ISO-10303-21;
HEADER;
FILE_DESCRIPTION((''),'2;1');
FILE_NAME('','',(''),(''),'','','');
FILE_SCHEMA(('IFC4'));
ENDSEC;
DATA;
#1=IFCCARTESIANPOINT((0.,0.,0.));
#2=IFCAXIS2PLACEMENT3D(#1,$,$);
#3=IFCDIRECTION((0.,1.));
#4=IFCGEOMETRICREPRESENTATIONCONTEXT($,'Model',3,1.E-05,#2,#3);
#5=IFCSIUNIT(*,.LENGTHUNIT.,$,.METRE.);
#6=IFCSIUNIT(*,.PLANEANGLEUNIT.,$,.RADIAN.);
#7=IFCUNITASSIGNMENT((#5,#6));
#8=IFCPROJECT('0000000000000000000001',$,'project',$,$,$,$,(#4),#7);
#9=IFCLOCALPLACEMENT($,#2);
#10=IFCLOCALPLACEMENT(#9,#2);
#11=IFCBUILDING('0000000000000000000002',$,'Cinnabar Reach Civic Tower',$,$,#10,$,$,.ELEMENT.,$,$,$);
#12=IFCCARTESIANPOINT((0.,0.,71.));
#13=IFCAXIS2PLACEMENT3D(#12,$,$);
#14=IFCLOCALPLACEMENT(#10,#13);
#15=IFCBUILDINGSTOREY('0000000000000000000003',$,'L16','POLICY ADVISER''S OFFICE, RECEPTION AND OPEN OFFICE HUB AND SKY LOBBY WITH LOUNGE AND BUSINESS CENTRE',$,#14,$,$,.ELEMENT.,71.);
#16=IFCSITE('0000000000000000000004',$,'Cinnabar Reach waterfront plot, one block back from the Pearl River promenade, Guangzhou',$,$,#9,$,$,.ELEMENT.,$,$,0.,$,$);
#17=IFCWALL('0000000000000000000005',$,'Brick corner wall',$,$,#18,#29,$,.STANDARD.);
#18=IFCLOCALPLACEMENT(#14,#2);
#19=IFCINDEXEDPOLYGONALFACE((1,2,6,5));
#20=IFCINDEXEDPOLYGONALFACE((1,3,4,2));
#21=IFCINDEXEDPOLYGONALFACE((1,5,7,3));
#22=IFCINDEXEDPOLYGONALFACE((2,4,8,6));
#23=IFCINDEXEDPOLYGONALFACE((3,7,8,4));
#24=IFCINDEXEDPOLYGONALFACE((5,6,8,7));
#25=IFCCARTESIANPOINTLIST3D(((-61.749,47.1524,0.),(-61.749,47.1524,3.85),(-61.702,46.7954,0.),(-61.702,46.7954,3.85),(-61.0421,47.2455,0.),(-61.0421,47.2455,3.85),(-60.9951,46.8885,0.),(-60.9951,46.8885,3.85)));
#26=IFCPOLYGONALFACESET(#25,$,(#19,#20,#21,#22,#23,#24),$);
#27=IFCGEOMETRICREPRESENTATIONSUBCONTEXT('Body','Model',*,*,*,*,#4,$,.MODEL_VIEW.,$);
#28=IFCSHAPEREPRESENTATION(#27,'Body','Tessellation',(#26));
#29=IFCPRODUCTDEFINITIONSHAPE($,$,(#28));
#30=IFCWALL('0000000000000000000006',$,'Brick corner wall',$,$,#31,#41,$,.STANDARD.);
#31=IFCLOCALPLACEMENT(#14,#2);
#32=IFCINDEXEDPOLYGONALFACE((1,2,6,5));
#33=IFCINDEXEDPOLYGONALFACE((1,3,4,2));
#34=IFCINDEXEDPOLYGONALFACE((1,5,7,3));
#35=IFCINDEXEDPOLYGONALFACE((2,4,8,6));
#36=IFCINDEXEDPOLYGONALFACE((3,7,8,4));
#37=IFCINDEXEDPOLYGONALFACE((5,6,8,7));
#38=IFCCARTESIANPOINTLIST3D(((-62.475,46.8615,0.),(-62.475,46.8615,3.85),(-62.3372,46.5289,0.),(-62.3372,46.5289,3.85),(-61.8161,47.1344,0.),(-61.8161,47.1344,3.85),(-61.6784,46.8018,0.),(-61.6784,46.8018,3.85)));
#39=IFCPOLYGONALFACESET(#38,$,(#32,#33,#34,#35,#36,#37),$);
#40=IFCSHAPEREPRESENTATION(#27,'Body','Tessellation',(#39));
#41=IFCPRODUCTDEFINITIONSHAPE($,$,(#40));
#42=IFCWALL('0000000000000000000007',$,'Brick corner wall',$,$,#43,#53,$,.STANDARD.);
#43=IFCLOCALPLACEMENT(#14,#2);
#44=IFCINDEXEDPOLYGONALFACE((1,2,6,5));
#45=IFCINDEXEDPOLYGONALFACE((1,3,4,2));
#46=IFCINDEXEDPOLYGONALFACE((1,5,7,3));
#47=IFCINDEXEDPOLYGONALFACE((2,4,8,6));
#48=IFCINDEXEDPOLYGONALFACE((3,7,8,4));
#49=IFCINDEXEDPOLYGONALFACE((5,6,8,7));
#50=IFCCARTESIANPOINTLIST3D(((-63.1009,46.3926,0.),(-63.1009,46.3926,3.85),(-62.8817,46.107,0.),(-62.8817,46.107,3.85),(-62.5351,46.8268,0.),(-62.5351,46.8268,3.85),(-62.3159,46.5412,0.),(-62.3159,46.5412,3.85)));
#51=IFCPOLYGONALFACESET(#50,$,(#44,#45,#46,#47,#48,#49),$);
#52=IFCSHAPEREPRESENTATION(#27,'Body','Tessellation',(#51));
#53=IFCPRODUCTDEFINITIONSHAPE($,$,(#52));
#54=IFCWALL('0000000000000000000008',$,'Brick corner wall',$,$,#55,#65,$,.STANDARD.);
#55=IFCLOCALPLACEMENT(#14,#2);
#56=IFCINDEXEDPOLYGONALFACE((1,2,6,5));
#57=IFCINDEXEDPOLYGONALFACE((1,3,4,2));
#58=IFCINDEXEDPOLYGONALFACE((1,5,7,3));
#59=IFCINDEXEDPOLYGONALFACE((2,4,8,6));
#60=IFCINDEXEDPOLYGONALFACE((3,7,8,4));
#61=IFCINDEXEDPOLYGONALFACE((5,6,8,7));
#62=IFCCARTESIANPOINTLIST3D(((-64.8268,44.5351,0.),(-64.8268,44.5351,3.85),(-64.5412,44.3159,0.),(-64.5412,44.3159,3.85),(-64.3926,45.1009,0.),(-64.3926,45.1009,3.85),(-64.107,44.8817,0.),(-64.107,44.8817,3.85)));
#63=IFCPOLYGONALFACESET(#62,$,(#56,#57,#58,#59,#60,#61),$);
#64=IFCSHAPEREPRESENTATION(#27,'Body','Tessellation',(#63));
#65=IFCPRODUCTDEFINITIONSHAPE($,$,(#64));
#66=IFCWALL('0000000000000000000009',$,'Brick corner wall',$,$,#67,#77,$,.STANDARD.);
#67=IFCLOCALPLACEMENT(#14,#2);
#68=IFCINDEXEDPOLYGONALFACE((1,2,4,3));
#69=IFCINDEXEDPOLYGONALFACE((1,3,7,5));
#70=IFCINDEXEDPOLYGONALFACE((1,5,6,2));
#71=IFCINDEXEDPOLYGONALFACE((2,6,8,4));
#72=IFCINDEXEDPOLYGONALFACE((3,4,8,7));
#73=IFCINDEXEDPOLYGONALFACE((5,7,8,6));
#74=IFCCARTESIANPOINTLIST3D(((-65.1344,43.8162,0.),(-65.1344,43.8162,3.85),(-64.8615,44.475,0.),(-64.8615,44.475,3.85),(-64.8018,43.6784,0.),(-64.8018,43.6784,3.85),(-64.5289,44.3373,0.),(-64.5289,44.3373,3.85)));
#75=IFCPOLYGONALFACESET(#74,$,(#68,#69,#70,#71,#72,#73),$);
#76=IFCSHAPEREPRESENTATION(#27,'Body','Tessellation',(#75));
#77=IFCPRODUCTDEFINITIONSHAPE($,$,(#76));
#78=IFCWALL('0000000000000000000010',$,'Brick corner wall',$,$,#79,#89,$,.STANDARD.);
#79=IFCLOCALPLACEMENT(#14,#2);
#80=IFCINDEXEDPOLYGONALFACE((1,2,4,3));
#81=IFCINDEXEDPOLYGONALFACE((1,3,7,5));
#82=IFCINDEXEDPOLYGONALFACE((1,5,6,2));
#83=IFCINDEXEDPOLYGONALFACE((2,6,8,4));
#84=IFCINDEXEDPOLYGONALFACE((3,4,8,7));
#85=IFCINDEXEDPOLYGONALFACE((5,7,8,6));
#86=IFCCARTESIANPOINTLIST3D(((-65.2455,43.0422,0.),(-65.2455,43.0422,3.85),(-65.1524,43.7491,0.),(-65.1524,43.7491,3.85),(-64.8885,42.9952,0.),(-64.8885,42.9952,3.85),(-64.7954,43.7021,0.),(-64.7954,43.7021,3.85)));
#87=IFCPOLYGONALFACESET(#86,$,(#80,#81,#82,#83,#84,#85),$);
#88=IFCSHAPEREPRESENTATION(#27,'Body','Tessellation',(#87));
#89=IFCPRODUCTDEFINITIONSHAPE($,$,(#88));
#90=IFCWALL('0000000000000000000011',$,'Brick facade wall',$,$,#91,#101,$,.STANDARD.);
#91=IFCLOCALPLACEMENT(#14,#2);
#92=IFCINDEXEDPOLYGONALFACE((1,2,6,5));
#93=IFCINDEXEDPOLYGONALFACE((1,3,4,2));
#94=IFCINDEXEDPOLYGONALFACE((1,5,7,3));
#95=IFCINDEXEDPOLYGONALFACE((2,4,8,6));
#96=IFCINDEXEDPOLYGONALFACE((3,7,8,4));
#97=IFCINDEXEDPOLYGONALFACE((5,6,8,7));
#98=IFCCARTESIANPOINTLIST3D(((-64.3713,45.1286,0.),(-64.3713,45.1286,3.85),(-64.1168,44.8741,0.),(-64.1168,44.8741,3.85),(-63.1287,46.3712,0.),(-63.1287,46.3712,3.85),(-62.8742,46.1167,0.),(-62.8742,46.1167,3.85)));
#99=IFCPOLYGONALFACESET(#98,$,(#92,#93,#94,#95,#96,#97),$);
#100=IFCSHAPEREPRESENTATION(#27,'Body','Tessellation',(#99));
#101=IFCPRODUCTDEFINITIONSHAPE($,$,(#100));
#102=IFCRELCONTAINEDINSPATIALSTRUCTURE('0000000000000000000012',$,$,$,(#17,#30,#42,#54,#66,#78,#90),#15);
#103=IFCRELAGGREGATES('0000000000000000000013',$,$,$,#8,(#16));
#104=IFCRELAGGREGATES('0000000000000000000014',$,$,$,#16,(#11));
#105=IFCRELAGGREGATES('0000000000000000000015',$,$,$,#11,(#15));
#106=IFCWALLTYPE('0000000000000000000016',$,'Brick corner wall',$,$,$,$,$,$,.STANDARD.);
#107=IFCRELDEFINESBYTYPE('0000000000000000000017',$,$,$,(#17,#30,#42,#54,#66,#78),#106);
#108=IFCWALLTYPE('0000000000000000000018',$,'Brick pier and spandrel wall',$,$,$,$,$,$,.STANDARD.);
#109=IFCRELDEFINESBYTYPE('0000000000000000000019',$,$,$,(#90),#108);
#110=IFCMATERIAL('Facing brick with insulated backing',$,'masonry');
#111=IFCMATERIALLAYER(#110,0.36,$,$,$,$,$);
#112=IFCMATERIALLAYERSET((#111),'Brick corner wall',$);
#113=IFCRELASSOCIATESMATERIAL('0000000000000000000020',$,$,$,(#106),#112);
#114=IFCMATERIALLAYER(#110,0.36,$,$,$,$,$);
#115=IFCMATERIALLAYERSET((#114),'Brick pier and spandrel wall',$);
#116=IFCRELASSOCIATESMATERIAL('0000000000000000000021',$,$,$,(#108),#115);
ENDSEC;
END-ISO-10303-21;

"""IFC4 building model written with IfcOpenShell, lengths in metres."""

from ifc_helpers import new_model, si_unit, direction, frame, frame_2d, origin, place, context, subcontext, project, spatial, rectangle, extrude, material, layer, layer_set, type_object, element, save


model = new_model("IFC4")

# Units and contexts
model_context = context("Model", 3, precision=1e-05, world=origin(), true_north=direction((0.0, 1.0)))
body_context = subcontext(model_context, "Body", "Model", "MODEL_VIEW")
ifc_project = project(units=[si_unit("LENGTHUNIT", "METRE"), si_unit("PLANEANGLEUNIT", "RADIAN")], contexts=[model_context])

# Site, building, storey
site_placement = place(None, origin())
site = spatial("IfcSite", under=ifc_project, at=site_placement, Name="Cinnabar Reach waterfront plot, one block back from the Pearl River promenade, Guangzhou", CompositionType="ELEMENT", RefElevation=0.0)
building_placement = place(site_placement, origin())
building = spatial("IfcBuilding", under=site, at=building_placement, Name="Cinnabar Reach Civic Tower", CompositionType="ELEMENT")
storey_placement = place(building_placement, frame((0.0, 0.0, 71.0)))
storey = spatial("IfcBuildingStorey", under=building, at=storey_placement, Name="L16", Description="POLICY ADVISER'S OFFICE, RECEPTION AND OPEN OFFICE HUB AND SKY LOBBY WITH LOUNGE AND BUSINESS CENTRE", CompositionType="ELEMENT", Elevation=71.0)

# Walls
ifc_material_1 = material(Name="Facing brick with insulated backing", Category="masonry")
ifc_layer_1 = layer(ifc_material_1, 0.36)
ifc_layer_set_1 = layer_set([ifc_layer_1], Name="Brick corner wall")
wall_type_1 = type_object("IfcWallType", Name="Brick corner wall", PredefinedType="STANDARD", material=ifc_layer_set_1)
for number, where, z_axis, x_axis, name in (
    (1, (-61.0186, 47.067, 0.0), (0.0, 0.0, 1.0), (-0.991441, -0.130556, 0.0), "Brick corner wall"),
    (2, (-61.7473, 46.9681, 0.0), (0.0, 0.0, 1.0), (-0.923872, -0.382703, 0.0), "Brick corner wall"),
):
    element("IfcWall", number, at=place(storey_placement, frame(where, z_axis=z_axis, x_axis=x_axis)), inside=storey, type_object=wall_type_1, Name=name, PredefinedType="STANDARD", context=body_context, shape_type="SweptSolid", body=[
        extrude(rectangle(XDim=0.7131, YDim=0.36, at=frame_2d((0.3565, 0.0))), origin(), (0.0, 0.0, 1.0), 3.85),
    ])
for number, where, z_axis, x_axis, name in (
    (3, (-62.4255, 46.684, 0.0), (0.0, 0.0, 1.0), (-0.793322, -0.608802, 0.0), "Brick corner wall"),
    (4, (-64.2498, 44.9913, 0.0), (0.0, 0.0, 1.0), (-0.608802, -0.793322, 0.0), "Brick corner wall"),
):
    element("IfcWall", number, at=place(storey_placement, frame(where, z_axis=z_axis, x_axis=x_axis)), inside=storey, type_object=wall_type_1, Name=name, PredefinedType="STANDARD", context=body_context, shape_type="SweptSolid", body=[
        extrude(rectangle(XDim=0.7132, YDim=0.36, at=frame_2d((0.3566, 0.0))), origin(), (0.0, 0.0, 1.0), 3.85),
    ])
for number, where, z_axis, x_axis, name in (
    (5, (-64.6952, 44.4061, 0.0), (0.0, 0.0, 1.0), (-0.382703, -0.923872, 0.0), "Brick corner wall"),
    (6, (-64.9739, 43.7256, 0.0), (0.0, 0.0, 1.0), (-0.130556, -0.991441, 0.0), "Brick corner wall"),
):
    element("IfcWall", number, at=place(storey_placement, frame(where, z_axis=z_axis, x_axis=x_axis)), inside=storey, type_object=wall_type_1, Name=name, PredefinedType="STANDARD", context=body_context, shape_type="SweptSolid", body=[
        extrude(rectangle(XDim=0.7131, YDim=0.36, at=frame_2d((0.3565, 0.0))), origin(), (0.0, 0.0, 1.0), 3.85),
    ])
ifc_layer_2 = layer(ifc_material_1, 0.36)
ifc_layer_set_2 = layer_set([ifc_layer_2], Name="Brick pier and spandrel wall")
wall_type_2 = type_object("IfcWallType", Name="Brick pier and spandrel wall", PredefinedType="STANDARD", material=ifc_layer_set_2)
wall_placement = place(storey_placement, frame((-63.0014, 46.244, 0.0), z_axis=(0.0, 0.0, 1.0), x_axis=(-0.707107, -0.707107, 0.0)))
element("IfcWall", 7, at=wall_placement, inside=storey, type_object=wall_type_2, Name="Brick facade wall", PredefinedType="STANDARD", context=body_context, shape_type="SweptSolid", body=[
    extrude(rectangle(XDim=1.7573, YDim=0.36, at=frame_2d((0.8787, 0.0))), origin(), (0.0, 0.0, 1.0), 3.85),
])

save(model, "model.ifc")
